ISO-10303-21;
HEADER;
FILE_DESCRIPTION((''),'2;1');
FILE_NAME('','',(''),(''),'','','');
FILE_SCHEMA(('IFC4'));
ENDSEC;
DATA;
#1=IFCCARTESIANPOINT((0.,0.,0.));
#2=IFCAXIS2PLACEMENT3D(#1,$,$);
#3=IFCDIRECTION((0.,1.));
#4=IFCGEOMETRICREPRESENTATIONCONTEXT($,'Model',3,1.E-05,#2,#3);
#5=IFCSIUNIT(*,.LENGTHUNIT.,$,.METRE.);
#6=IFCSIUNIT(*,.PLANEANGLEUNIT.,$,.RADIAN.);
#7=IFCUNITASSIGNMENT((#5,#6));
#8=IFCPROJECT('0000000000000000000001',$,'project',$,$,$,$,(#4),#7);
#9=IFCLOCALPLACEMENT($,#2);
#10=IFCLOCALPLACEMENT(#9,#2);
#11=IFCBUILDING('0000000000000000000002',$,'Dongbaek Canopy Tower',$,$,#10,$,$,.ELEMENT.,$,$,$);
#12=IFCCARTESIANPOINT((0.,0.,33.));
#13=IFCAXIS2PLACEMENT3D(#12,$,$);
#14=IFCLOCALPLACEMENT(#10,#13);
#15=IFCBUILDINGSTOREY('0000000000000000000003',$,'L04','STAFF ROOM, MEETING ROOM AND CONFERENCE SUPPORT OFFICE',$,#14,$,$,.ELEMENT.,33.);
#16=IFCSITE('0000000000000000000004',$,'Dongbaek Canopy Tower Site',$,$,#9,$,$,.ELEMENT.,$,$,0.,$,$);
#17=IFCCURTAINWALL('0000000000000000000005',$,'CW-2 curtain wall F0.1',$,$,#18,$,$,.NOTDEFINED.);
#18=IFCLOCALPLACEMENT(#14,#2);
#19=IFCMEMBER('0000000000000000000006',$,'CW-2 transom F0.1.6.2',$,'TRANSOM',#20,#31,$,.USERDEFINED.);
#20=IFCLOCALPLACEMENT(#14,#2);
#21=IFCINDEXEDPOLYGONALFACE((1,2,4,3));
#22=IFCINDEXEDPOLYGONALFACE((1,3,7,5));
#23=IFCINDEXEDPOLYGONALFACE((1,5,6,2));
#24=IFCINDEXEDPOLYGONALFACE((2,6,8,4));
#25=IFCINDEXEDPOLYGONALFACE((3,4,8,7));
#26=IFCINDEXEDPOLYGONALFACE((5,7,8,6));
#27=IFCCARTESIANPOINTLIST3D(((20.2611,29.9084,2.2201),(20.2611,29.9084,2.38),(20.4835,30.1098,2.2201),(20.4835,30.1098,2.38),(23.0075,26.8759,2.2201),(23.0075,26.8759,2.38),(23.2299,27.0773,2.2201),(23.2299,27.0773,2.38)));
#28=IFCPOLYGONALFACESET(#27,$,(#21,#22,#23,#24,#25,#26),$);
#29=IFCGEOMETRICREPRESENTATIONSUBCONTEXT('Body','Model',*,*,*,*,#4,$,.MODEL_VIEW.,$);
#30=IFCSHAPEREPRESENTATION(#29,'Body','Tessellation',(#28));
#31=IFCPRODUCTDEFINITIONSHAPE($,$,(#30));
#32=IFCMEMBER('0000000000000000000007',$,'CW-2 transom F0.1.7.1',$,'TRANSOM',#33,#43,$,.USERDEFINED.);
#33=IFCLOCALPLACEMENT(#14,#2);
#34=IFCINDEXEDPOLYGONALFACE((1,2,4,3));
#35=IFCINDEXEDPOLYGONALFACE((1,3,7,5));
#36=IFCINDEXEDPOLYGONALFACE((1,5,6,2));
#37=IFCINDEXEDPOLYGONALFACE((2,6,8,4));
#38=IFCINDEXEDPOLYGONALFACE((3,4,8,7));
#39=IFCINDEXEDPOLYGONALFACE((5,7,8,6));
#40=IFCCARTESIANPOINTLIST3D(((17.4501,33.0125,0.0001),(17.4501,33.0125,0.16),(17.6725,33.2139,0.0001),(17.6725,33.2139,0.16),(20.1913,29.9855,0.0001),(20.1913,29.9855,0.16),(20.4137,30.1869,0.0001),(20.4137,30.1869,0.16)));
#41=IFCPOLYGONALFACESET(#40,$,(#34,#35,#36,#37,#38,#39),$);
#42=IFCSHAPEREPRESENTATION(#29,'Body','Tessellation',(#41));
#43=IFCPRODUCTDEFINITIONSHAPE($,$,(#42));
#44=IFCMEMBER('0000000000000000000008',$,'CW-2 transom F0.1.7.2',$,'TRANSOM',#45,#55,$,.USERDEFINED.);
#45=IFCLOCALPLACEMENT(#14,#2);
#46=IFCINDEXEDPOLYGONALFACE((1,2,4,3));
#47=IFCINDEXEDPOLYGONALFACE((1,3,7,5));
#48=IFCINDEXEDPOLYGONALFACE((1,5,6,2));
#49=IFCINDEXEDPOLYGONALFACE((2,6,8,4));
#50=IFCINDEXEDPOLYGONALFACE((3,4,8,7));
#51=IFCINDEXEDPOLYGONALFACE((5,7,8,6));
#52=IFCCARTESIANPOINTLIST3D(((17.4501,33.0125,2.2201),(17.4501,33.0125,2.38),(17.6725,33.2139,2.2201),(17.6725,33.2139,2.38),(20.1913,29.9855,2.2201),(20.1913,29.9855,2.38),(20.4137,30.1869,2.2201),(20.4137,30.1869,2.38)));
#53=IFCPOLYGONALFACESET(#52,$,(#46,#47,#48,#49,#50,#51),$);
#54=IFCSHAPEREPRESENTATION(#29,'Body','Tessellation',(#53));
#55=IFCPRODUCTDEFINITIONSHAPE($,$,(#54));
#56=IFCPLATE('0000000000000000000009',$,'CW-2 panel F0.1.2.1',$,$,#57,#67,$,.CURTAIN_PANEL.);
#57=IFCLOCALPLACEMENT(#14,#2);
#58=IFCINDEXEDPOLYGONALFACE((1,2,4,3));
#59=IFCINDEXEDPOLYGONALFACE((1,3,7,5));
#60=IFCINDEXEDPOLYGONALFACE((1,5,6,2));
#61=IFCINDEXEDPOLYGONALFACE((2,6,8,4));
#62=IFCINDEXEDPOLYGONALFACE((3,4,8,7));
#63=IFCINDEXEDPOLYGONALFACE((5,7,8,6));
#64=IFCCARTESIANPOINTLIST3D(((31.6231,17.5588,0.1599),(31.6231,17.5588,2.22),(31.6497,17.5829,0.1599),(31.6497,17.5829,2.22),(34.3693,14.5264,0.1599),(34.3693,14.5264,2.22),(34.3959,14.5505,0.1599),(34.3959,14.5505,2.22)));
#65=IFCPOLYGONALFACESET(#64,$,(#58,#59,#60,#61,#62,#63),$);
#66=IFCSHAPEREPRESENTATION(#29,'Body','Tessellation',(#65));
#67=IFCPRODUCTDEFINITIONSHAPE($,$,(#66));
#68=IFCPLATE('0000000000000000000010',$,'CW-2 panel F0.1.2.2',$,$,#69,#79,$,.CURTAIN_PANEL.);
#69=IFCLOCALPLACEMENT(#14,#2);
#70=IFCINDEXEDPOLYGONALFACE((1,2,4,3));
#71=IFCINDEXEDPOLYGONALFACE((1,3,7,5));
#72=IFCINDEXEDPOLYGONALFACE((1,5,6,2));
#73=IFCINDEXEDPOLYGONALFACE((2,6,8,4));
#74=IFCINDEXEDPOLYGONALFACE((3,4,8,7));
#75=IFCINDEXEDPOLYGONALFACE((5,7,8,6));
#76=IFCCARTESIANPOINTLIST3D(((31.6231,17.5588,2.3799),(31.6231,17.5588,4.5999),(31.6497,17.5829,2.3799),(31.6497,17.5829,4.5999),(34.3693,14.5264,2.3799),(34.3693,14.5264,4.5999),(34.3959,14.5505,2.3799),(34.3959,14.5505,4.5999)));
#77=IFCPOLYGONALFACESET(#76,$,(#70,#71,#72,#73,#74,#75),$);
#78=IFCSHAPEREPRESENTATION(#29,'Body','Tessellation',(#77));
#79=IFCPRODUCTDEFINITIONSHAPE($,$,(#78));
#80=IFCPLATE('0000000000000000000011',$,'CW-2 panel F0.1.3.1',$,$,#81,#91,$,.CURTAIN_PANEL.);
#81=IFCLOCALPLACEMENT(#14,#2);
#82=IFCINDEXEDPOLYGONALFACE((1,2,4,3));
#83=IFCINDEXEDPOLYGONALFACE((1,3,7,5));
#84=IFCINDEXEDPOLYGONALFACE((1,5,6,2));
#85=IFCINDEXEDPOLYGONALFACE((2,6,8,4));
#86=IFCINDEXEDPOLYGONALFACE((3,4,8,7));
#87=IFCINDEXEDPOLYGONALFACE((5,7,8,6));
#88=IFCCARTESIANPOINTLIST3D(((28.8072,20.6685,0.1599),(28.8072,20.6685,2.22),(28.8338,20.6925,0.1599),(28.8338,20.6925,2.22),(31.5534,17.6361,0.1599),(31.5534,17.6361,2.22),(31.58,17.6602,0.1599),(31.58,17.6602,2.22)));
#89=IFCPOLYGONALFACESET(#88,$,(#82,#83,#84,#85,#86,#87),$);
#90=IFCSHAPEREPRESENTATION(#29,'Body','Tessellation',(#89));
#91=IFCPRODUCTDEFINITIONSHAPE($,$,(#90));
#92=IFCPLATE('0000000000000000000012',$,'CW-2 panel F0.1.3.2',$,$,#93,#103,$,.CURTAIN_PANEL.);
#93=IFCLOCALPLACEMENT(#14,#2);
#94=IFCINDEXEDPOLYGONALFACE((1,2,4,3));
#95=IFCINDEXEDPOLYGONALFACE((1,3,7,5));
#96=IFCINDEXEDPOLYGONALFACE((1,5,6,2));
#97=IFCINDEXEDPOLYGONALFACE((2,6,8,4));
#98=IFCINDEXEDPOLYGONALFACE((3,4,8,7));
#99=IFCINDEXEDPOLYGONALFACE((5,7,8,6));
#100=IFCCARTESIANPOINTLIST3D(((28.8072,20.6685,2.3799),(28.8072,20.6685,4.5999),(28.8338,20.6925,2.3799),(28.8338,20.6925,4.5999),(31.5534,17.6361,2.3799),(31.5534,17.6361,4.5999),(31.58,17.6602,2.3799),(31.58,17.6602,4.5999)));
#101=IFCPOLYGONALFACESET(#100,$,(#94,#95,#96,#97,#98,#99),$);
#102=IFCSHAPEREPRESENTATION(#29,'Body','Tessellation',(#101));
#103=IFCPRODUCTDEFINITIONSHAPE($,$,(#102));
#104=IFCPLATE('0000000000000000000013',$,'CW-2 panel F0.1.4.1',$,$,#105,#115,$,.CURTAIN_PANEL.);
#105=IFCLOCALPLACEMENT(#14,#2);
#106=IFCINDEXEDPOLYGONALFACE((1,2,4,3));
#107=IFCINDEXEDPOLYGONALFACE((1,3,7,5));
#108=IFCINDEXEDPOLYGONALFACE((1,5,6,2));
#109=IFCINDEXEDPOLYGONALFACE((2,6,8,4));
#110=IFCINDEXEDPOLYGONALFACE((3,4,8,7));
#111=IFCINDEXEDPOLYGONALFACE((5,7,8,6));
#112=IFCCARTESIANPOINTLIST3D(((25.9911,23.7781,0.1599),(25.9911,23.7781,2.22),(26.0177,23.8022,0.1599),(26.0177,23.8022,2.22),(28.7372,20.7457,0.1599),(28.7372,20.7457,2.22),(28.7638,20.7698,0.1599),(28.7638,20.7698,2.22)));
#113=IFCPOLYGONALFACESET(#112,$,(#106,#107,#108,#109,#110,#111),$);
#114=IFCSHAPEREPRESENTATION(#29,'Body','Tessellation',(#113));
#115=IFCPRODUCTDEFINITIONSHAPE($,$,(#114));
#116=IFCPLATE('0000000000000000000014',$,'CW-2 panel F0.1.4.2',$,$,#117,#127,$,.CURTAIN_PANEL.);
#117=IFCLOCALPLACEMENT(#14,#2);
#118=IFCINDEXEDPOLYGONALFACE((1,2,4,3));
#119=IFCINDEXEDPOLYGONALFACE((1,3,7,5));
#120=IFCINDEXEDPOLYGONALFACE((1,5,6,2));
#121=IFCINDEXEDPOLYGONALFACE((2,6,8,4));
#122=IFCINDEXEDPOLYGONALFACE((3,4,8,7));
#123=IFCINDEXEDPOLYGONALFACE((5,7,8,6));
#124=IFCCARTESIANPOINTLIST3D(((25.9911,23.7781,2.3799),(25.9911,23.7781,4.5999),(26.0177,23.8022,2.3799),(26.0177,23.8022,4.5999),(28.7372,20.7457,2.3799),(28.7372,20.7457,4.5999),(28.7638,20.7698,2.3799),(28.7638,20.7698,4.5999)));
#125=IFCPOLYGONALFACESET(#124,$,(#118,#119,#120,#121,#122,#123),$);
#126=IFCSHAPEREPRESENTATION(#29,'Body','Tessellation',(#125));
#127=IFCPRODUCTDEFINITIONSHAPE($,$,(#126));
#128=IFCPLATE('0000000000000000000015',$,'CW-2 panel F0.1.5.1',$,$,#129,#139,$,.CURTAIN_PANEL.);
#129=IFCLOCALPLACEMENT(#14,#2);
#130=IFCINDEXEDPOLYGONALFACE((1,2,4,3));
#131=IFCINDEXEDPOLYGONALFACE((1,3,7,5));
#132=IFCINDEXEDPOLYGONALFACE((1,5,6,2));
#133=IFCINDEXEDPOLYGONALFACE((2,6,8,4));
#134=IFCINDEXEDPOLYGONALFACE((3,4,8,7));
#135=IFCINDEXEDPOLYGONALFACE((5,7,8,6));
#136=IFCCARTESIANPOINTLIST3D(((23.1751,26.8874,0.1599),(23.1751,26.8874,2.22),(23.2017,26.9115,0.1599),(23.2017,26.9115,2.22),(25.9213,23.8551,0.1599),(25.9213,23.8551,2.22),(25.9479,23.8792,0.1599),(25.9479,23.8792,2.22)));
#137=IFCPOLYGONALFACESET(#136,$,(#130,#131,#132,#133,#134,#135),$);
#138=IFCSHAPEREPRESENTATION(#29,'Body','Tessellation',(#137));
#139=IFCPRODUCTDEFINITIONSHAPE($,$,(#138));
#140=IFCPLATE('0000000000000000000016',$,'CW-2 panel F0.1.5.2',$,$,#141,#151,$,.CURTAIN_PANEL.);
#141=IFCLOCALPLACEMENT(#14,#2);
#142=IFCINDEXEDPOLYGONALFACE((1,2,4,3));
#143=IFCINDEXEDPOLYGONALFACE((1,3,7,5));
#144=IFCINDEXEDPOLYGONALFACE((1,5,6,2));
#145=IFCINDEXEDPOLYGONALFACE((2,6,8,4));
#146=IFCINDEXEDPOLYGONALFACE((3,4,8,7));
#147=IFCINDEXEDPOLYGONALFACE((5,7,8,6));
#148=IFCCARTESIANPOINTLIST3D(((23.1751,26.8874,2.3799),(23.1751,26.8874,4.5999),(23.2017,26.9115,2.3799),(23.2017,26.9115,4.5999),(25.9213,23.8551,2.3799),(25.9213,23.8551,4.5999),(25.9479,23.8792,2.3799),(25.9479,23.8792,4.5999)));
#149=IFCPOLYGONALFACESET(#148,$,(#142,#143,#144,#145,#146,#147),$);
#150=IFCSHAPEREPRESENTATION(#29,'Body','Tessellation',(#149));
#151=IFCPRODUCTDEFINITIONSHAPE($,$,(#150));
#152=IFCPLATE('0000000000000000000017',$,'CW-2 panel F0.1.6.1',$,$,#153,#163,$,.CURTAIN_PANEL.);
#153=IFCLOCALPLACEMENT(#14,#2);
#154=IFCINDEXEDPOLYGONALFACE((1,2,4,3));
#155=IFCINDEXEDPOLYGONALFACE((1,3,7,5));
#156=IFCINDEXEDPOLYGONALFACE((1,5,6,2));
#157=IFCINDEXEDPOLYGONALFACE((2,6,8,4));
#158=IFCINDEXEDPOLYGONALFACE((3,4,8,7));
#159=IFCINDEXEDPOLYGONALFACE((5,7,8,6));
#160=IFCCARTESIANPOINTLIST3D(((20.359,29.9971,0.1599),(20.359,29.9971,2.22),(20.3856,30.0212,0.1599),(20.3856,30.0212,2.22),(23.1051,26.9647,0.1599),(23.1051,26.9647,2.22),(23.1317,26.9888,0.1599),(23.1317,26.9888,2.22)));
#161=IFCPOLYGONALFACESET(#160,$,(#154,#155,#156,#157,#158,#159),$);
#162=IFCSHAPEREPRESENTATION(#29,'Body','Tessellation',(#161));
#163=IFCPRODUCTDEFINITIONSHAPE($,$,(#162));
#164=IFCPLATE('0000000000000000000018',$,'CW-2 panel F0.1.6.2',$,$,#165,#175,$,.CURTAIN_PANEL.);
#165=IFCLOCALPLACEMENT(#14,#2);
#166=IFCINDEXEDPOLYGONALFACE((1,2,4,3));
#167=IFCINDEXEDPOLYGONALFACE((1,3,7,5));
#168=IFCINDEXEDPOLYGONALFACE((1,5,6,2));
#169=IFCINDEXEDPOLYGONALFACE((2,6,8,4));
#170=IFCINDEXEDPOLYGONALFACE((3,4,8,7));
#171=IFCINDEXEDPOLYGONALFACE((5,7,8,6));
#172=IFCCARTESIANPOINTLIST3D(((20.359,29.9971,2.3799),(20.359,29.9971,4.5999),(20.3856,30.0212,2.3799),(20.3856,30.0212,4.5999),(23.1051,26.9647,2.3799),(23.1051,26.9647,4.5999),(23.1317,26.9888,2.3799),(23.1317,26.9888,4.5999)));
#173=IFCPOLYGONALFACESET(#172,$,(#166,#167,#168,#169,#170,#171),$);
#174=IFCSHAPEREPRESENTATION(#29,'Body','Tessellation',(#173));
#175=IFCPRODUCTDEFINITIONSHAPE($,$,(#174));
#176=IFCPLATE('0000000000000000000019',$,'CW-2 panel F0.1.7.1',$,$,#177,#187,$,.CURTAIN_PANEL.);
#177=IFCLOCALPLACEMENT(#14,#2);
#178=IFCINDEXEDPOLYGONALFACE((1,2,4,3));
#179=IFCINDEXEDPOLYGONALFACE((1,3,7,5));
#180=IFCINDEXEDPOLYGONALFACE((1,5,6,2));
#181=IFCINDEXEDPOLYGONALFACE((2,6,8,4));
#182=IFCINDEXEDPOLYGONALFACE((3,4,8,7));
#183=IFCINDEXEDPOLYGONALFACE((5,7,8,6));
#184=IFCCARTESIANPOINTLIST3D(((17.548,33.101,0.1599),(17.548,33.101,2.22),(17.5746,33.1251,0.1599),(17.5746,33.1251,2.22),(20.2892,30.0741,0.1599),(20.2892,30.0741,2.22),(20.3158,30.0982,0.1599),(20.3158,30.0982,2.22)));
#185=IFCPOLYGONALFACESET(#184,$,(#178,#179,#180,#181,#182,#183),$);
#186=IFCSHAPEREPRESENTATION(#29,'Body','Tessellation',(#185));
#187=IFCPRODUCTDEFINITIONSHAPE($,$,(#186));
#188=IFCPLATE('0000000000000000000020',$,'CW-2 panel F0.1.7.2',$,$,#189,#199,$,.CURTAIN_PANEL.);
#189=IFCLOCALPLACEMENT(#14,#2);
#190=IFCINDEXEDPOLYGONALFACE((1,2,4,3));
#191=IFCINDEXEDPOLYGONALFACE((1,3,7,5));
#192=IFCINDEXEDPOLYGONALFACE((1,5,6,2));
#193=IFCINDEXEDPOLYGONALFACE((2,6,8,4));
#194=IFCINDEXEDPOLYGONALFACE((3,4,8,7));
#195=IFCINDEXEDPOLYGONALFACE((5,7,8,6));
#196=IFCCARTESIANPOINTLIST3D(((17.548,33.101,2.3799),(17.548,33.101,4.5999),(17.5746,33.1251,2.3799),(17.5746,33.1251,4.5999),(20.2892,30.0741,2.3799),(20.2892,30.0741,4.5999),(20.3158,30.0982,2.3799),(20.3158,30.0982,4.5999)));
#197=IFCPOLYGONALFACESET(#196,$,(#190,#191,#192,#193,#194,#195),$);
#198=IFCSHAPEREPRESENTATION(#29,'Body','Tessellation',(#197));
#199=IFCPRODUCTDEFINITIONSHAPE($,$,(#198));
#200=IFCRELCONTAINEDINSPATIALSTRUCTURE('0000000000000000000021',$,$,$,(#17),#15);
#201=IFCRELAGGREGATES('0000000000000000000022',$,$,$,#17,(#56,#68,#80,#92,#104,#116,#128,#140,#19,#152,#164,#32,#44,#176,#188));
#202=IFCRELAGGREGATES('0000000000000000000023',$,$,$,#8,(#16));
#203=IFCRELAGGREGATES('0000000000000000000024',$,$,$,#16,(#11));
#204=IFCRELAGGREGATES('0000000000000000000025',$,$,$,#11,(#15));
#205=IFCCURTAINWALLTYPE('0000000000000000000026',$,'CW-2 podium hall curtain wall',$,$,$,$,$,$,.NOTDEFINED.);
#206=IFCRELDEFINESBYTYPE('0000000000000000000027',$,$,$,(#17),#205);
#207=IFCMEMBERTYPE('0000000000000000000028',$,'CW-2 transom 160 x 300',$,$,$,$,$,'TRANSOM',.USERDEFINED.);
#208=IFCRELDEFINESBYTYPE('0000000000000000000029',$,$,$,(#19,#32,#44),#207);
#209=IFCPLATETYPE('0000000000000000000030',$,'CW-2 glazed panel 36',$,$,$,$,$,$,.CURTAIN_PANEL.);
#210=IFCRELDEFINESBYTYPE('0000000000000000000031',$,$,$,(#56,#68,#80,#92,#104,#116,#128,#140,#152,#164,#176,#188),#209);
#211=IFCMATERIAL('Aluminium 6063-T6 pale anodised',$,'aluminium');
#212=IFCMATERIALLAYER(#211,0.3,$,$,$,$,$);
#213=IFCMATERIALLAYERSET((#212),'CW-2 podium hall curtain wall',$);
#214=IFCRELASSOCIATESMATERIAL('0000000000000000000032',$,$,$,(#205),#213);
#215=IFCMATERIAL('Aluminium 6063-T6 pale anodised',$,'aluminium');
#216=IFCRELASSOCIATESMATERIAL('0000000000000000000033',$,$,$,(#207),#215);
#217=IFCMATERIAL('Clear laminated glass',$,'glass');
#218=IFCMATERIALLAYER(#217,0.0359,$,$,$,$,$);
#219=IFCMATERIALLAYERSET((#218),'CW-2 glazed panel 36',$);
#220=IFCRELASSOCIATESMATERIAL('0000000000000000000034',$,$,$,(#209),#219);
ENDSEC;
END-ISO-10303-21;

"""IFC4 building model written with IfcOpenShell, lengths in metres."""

from ifc_helpers import new_model, si_unit, direction, frame, origin, origin_2d, place, context, subcontext, project, spatial, rectangle, extrude, material, layer, layer_set, material_profile, profile_set, type_object, element, aggregate, save


model = new_model("IFC4")

# Units and contexts
model_context = context("Model", 3, precision=1e-05, world=origin(), true_north=direction((0.0, 1.0)))
body_context = subcontext(model_context, "Body", "Model", "MODEL_VIEW")
ifc_project = project(units=[si_unit("LENGTHUNIT", "METRE"), si_unit("PLANEANGLEUNIT", "RADIAN")], contexts=[model_context])

# Site, building, storey
site_placement = place(None, origin())
site = spatial("IfcSite", under=ifc_project, at=site_placement, Name="Dongbaek Canopy Tower Site", CompositionType="ELEMENT", RefElevation=0.0)
building_placement = place(site_placement, origin())
building = spatial("IfcBuilding", under=site, at=building_placement, Name="Dongbaek Canopy Tower", CompositionType="ELEMENT")
storey_placement = place(building_placement, frame((0.0, 0.0, 33.0)))
storey = spatial("IfcBuildingStorey", under=building, at=storey_placement, Name="L04", Description="STAFF ROOM, MEETING ROOM AND CONFERENCE SUPPORT OFFICE", CompositionType="ELEMENT", Elevation=33.0)

# Curtain wall, members, plates
ifc_material_1 = material(Name="Aluminium 6063-T6 pale anodised", Category="aluminium")
ifc_layer_1 = layer(ifc_material_1, 0.3)
ifc_layer_set_1 = layer_set([ifc_layer_1], Name="CW-2 podium hall curtain wall")
curtain_wall_type = type_object("IfcCurtainWallType", Name="CW-2 podium hall curtain wall", PredefinedType="NOTDEFINED", material=ifc_layer_set_1)
curtain_wall_placement = place(storey_placement, origin())
curtain_wall = element("IfcCurtainWall", 1, at=curtain_wall_placement, inside=storey, type_object=curtain_wall_type, Name="CW-2 curtain wall F0.1", PredefinedType="NOTDEFINED")
ifc_material_2 = material(Name="Aluminium 6063-T6 pale anodised", Category="aluminium")
ifc_material_profile_1 = material_profile(ifc_material_2, rectangle(XDim=0.3, YDim=0.1599, at=origin_2d()), Name="CW-2 transom 160 x 300")
ifc_profile_set_1 = profile_set([ifc_material_profile_1], Name="Aluminium 6063-T6 pale anodised")
member_type_1 = type_object("IfcMemberType", Name="CW-2 transom 160 x 300", ElementType="TRANSOM", PredefinedType="USERDEFINED", material=ifc_profile_set_1)
member_1_placement = place(storey_placement, frame((23.1187, 26.9766, 2.3), z_axis=(-0.671273, 0.741211, 0.0), x_axis=(-0.741211, -0.671273, 0.0)))
member_1 = element("IfcMember", 2, at=member_1_placement, type_object=member_type_1, Name="CW-2 transom F0.1.6.2", ObjectType="TRANSOM", PredefinedType="USERDEFINED", context=body_context, shape_type="SweptSolid", body=[
    extrude(rectangle(XDim=0.3, YDim=0.1599, at=origin_2d()), origin(), (0.0, 0.0, 1.0), 4.0913),
])
member_2_placement = place(storey_placement, frame((20.3025, 30.0862, 0.0801), z_axis=(-0.671237, 0.741243, 0.0), x_axis=(-0.741243, -0.671237, 0.0)))
member_2 = element("IfcMember", 3, at=member_2_placement, type_object=member_type_1, Name="CW-2 transom F0.1.7.1", ObjectType="TRANSOM", PredefinedType="USERDEFINED", context=body_context, shape_type="SweptSolid", body=[
    extrude(rectangle(XDim=0.3, YDim=0.1599, at=origin_2d()), origin(), (0.0, 0.0, 1.0), 4.0837),
])
member_3_placement = place(storey_placement, frame((20.3025, 30.0862, 2.3), z_axis=(-0.671237, 0.741243, 0.0), x_axis=(-0.741243, -0.671237, 0.0)))
member_3 = element("IfcMember", 4, at=member_3_placement, type_object=member_type_1, Name="CW-2 transom F0.1.7.2", ObjectType="TRANSOM", PredefinedType="USERDEFINED", context=body_context, shape_type="SweptSolid", body=[
    extrude(rectangle(XDim=0.3, YDim=0.1599, at=origin_2d()), origin(), (0.0, 0.0, 1.0), 4.0837),
])
ifc_material_3 = material(Name="Clear laminated glass", Category="glass")
ifc_layer_2 = layer(ifc_material_3, 0.0359)
ifc_layer_set_2 = layer_set([ifc_layer_2], Name="CW-2 glazed panel 36")
plate_type = type_object("IfcPlateType", Name="CW-2 glazed panel 36", PredefinedType="CURTAIN_PANEL", material=ifc_layer_set_2)
plate_1_placement = place(storey_placement, frame((33.0095, 16.0547, 0.1599), z_axis=(0.0, 0.0, 1.0), x_axis=(-0.67126, 0.741222, 0.0)))
plate_1 = element("IfcPlate", 5, at=plate_1_placement, type_object=plate_type, Name="CW-2 panel F0.1.2.1", PredefinedType="CURTAIN_PANEL", context=body_context, shape_type="SweptSolid", body=[
    extrude(rectangle(XDim=4.0911, YDim=0.0359, at=origin_2d()), origin(), (0.0, 0.0, 1.0), 2.0601),
])
plate_2_placement = place(storey_placement, frame((33.0095, 16.0547, 2.3799), z_axis=(0.0, 0.0, 1.0), x_axis=(-0.67126, 0.741222, 0.0)))
plate_2 = element("IfcPlate", 6, at=plate_2_placement, type_object=plate_type, Name="CW-2 panel F0.1.2.2", PredefinedType="CURTAIN_PANEL", context=body_context, shape_type="SweptSolid", body=[
    extrude(rectangle(XDim=4.0911, YDim=0.0359, at=origin_2d()), origin(), (0.0, 0.0, 1.0), 2.22),
])
plate_3_placement = place(storey_placement, frame((30.1936, 19.1643, 0.1599), z_axis=(0.0, 0.0, 1.0), x_axis=(-0.67126, 0.741222, 0.0)))
plate_3 = element("IfcPlate", 7, at=plate_3_placement, type_object=plate_type, Name="CW-2 panel F0.1.3.1", PredefinedType="CURTAIN_PANEL", context=body_context, shape_type="SweptSolid", body=[
    extrude(rectangle(XDim=4.0911, YDim=0.0359, at=origin_2d()), origin(), (0.0, 0.0, 1.0), 2.0601),
])
plate_4_placement = place(storey_placement, frame((30.1936, 19.1643, 2.3799), z_axis=(0.0, 0.0, 1.0), x_axis=(-0.67126, 0.741222, 0.0)))
plate_4 = element("IfcPlate", 8, at=plate_4_placement, type_object=plate_type, Name="CW-2 panel F0.1.3.2", PredefinedType="CURTAIN_PANEL", context=body_context, shape_type="SweptSolid", body=[
    extrude(rectangle(XDim=4.0911, YDim=0.0359, at=origin_2d()), origin(), (0.0, 0.0, 1.0), 2.22),
])
plate_5_placement = place(storey_placement, frame((27.3774, 22.2739, 0.1599), z_axis=(0.0, 0.0, 1.0), x_axis=(-0.67126, 0.741222, 0.0)))
plate_5 = element("IfcPlate", 9, at=plate_5_placement, type_object=plate_type, Name="CW-2 panel F0.1.4.1", PredefinedType="CURTAIN_PANEL", context=body_context, shape_type="SweptSolid", body=[
    extrude(rectangle(XDim=4.0911, YDim=0.0359, at=origin_2d()), origin(), (0.0, 0.0, 1.0), 2.0601),
])
plate_6_placement = place(storey_placement, frame((27.3774, 22.2739, 2.3799), z_axis=(0.0, 0.0, 1.0), x_axis=(-0.67126, 0.741222, 0.0)))
plate_6 = element("IfcPlate", 10, at=plate_6_placement, type_object=plate_type, Name="CW-2 panel F0.1.4.2", PredefinedType="CURTAIN_PANEL", context=body_context, shape_type="SweptSolid", body=[
    extrude(rectangle(XDim=4.0911, YDim=0.0359, at=origin_2d()), origin(), (0.0, 0.0, 1.0), 2.22),
])
plate_7_placement = place(storey_placement, frame((24.5615, 25.3833, 0.1599), z_axis=(0.0, 0.0, 1.0), x_axis=(-0.67126, 0.741222, 0.0)))
plate_7 = element("IfcPlate", 11, at=plate_7_placement, type_object=plate_type, Name="CW-2 panel F0.1.5.1", PredefinedType="CURTAIN_PANEL", context=body_context, shape_type="SweptSolid", body=[
    extrude(rectangle(XDim=4.0911, YDim=0.0359, at=origin_2d()), origin(), (0.0, 0.0, 1.0), 2.0601),
])
plate_8_placement = place(storey_placement, frame((24.5615, 25.3833, 2.3799), z_axis=(0.0, 0.0, 1.0), x_axis=(-0.67126, 0.741222, 0.0)))
plate_8 = element("IfcPlate", 12, at=plate_8_placement, type_object=plate_type, Name="CW-2 panel F0.1.5.2", PredefinedType="CURTAIN_PANEL", context=body_context, shape_type="SweptSolid", body=[
    extrude(rectangle(XDim=4.0911, YDim=0.0359, at=origin_2d()), origin(), (0.0, 0.0, 1.0), 2.22),
])
plate_9_placement = place(storey_placement, frame((21.7454, 28.4929, 0.1599), z_axis=(0.0, 0.0, 1.0), x_axis=(-0.67126, 0.741222, 0.0)))
plate_9 = element("IfcPlate", 13, at=plate_9_placement, type_object=plate_type, Name="CW-2 panel F0.1.6.1", PredefinedType="CURTAIN_PANEL", context=body_context, shape_type="SweptSolid", body=[
    extrude(rectangle(XDim=4.0911, YDim=0.0359, at=origin_2d()), origin(), (0.0, 0.0, 1.0), 2.0601),
])
plate_10_placement = place(storey_placement, frame((21.7454, 28.4929, 2.3799), z_axis=(0.0, 0.0, 1.0), x_axis=(-0.67126, 0.741222, 0.0)))
plate_10 = element("IfcPlate", 14, at=plate_10_placement, type_object=plate_type, Name="CW-2 panel F0.1.6.2", PredefinedType="CURTAIN_PANEL", context=body_context, shape_type="SweptSolid", body=[
    extrude(rectangle(XDim=4.0911, YDim=0.0359, at=origin_2d()), origin(), (0.0, 0.0, 1.0), 2.22),
])
plate_11_placement = place(storey_placement, frame((18.9319, 31.5996, 0.1599), z_axis=(0.0, 0.0, 1.0), x_axis=(-0.67126, 0.741222, 0.0)))
plate_11 = element("IfcPlate", 15, at=plate_11_placement, type_object=plate_type, Name="CW-2 panel F0.1.7.1", PredefinedType="CURTAIN_PANEL", context=body_context, shape_type="SweptSolid", body=[
    extrude(rectangle(XDim=4.0837, YDim=0.0359, at=origin_2d()), origin(), (0.0, 0.0, 1.0), 2.0601),
])
plate_12_placement = place(storey_placement, frame((18.9319, 31.5996, 2.3799), z_axis=(0.0, 0.0, 1.0), x_axis=(-0.67126, 0.741222, 0.0)))
plate_12 = element("IfcPlate", 16, at=plate_12_placement, type_object=plate_type, Name="CW-2 panel F0.1.7.2", PredefinedType="CURTAIN_PANEL", context=body_context, shape_type="SweptSolid", body=[
    extrude(rectangle(XDim=4.0837, YDim=0.0359, at=origin_2d()), origin(), (0.0, 0.0, 1.0), 2.22),
])
aggregate(curtain_wall, [plate_1, plate_2, plate_3, plate_4, plate_5, plate_6, plate_7, plate_8, member_1, plate_9, plate_10, member_2, member_3, plate_11, plate_12])

save(model, "model.ifc")
